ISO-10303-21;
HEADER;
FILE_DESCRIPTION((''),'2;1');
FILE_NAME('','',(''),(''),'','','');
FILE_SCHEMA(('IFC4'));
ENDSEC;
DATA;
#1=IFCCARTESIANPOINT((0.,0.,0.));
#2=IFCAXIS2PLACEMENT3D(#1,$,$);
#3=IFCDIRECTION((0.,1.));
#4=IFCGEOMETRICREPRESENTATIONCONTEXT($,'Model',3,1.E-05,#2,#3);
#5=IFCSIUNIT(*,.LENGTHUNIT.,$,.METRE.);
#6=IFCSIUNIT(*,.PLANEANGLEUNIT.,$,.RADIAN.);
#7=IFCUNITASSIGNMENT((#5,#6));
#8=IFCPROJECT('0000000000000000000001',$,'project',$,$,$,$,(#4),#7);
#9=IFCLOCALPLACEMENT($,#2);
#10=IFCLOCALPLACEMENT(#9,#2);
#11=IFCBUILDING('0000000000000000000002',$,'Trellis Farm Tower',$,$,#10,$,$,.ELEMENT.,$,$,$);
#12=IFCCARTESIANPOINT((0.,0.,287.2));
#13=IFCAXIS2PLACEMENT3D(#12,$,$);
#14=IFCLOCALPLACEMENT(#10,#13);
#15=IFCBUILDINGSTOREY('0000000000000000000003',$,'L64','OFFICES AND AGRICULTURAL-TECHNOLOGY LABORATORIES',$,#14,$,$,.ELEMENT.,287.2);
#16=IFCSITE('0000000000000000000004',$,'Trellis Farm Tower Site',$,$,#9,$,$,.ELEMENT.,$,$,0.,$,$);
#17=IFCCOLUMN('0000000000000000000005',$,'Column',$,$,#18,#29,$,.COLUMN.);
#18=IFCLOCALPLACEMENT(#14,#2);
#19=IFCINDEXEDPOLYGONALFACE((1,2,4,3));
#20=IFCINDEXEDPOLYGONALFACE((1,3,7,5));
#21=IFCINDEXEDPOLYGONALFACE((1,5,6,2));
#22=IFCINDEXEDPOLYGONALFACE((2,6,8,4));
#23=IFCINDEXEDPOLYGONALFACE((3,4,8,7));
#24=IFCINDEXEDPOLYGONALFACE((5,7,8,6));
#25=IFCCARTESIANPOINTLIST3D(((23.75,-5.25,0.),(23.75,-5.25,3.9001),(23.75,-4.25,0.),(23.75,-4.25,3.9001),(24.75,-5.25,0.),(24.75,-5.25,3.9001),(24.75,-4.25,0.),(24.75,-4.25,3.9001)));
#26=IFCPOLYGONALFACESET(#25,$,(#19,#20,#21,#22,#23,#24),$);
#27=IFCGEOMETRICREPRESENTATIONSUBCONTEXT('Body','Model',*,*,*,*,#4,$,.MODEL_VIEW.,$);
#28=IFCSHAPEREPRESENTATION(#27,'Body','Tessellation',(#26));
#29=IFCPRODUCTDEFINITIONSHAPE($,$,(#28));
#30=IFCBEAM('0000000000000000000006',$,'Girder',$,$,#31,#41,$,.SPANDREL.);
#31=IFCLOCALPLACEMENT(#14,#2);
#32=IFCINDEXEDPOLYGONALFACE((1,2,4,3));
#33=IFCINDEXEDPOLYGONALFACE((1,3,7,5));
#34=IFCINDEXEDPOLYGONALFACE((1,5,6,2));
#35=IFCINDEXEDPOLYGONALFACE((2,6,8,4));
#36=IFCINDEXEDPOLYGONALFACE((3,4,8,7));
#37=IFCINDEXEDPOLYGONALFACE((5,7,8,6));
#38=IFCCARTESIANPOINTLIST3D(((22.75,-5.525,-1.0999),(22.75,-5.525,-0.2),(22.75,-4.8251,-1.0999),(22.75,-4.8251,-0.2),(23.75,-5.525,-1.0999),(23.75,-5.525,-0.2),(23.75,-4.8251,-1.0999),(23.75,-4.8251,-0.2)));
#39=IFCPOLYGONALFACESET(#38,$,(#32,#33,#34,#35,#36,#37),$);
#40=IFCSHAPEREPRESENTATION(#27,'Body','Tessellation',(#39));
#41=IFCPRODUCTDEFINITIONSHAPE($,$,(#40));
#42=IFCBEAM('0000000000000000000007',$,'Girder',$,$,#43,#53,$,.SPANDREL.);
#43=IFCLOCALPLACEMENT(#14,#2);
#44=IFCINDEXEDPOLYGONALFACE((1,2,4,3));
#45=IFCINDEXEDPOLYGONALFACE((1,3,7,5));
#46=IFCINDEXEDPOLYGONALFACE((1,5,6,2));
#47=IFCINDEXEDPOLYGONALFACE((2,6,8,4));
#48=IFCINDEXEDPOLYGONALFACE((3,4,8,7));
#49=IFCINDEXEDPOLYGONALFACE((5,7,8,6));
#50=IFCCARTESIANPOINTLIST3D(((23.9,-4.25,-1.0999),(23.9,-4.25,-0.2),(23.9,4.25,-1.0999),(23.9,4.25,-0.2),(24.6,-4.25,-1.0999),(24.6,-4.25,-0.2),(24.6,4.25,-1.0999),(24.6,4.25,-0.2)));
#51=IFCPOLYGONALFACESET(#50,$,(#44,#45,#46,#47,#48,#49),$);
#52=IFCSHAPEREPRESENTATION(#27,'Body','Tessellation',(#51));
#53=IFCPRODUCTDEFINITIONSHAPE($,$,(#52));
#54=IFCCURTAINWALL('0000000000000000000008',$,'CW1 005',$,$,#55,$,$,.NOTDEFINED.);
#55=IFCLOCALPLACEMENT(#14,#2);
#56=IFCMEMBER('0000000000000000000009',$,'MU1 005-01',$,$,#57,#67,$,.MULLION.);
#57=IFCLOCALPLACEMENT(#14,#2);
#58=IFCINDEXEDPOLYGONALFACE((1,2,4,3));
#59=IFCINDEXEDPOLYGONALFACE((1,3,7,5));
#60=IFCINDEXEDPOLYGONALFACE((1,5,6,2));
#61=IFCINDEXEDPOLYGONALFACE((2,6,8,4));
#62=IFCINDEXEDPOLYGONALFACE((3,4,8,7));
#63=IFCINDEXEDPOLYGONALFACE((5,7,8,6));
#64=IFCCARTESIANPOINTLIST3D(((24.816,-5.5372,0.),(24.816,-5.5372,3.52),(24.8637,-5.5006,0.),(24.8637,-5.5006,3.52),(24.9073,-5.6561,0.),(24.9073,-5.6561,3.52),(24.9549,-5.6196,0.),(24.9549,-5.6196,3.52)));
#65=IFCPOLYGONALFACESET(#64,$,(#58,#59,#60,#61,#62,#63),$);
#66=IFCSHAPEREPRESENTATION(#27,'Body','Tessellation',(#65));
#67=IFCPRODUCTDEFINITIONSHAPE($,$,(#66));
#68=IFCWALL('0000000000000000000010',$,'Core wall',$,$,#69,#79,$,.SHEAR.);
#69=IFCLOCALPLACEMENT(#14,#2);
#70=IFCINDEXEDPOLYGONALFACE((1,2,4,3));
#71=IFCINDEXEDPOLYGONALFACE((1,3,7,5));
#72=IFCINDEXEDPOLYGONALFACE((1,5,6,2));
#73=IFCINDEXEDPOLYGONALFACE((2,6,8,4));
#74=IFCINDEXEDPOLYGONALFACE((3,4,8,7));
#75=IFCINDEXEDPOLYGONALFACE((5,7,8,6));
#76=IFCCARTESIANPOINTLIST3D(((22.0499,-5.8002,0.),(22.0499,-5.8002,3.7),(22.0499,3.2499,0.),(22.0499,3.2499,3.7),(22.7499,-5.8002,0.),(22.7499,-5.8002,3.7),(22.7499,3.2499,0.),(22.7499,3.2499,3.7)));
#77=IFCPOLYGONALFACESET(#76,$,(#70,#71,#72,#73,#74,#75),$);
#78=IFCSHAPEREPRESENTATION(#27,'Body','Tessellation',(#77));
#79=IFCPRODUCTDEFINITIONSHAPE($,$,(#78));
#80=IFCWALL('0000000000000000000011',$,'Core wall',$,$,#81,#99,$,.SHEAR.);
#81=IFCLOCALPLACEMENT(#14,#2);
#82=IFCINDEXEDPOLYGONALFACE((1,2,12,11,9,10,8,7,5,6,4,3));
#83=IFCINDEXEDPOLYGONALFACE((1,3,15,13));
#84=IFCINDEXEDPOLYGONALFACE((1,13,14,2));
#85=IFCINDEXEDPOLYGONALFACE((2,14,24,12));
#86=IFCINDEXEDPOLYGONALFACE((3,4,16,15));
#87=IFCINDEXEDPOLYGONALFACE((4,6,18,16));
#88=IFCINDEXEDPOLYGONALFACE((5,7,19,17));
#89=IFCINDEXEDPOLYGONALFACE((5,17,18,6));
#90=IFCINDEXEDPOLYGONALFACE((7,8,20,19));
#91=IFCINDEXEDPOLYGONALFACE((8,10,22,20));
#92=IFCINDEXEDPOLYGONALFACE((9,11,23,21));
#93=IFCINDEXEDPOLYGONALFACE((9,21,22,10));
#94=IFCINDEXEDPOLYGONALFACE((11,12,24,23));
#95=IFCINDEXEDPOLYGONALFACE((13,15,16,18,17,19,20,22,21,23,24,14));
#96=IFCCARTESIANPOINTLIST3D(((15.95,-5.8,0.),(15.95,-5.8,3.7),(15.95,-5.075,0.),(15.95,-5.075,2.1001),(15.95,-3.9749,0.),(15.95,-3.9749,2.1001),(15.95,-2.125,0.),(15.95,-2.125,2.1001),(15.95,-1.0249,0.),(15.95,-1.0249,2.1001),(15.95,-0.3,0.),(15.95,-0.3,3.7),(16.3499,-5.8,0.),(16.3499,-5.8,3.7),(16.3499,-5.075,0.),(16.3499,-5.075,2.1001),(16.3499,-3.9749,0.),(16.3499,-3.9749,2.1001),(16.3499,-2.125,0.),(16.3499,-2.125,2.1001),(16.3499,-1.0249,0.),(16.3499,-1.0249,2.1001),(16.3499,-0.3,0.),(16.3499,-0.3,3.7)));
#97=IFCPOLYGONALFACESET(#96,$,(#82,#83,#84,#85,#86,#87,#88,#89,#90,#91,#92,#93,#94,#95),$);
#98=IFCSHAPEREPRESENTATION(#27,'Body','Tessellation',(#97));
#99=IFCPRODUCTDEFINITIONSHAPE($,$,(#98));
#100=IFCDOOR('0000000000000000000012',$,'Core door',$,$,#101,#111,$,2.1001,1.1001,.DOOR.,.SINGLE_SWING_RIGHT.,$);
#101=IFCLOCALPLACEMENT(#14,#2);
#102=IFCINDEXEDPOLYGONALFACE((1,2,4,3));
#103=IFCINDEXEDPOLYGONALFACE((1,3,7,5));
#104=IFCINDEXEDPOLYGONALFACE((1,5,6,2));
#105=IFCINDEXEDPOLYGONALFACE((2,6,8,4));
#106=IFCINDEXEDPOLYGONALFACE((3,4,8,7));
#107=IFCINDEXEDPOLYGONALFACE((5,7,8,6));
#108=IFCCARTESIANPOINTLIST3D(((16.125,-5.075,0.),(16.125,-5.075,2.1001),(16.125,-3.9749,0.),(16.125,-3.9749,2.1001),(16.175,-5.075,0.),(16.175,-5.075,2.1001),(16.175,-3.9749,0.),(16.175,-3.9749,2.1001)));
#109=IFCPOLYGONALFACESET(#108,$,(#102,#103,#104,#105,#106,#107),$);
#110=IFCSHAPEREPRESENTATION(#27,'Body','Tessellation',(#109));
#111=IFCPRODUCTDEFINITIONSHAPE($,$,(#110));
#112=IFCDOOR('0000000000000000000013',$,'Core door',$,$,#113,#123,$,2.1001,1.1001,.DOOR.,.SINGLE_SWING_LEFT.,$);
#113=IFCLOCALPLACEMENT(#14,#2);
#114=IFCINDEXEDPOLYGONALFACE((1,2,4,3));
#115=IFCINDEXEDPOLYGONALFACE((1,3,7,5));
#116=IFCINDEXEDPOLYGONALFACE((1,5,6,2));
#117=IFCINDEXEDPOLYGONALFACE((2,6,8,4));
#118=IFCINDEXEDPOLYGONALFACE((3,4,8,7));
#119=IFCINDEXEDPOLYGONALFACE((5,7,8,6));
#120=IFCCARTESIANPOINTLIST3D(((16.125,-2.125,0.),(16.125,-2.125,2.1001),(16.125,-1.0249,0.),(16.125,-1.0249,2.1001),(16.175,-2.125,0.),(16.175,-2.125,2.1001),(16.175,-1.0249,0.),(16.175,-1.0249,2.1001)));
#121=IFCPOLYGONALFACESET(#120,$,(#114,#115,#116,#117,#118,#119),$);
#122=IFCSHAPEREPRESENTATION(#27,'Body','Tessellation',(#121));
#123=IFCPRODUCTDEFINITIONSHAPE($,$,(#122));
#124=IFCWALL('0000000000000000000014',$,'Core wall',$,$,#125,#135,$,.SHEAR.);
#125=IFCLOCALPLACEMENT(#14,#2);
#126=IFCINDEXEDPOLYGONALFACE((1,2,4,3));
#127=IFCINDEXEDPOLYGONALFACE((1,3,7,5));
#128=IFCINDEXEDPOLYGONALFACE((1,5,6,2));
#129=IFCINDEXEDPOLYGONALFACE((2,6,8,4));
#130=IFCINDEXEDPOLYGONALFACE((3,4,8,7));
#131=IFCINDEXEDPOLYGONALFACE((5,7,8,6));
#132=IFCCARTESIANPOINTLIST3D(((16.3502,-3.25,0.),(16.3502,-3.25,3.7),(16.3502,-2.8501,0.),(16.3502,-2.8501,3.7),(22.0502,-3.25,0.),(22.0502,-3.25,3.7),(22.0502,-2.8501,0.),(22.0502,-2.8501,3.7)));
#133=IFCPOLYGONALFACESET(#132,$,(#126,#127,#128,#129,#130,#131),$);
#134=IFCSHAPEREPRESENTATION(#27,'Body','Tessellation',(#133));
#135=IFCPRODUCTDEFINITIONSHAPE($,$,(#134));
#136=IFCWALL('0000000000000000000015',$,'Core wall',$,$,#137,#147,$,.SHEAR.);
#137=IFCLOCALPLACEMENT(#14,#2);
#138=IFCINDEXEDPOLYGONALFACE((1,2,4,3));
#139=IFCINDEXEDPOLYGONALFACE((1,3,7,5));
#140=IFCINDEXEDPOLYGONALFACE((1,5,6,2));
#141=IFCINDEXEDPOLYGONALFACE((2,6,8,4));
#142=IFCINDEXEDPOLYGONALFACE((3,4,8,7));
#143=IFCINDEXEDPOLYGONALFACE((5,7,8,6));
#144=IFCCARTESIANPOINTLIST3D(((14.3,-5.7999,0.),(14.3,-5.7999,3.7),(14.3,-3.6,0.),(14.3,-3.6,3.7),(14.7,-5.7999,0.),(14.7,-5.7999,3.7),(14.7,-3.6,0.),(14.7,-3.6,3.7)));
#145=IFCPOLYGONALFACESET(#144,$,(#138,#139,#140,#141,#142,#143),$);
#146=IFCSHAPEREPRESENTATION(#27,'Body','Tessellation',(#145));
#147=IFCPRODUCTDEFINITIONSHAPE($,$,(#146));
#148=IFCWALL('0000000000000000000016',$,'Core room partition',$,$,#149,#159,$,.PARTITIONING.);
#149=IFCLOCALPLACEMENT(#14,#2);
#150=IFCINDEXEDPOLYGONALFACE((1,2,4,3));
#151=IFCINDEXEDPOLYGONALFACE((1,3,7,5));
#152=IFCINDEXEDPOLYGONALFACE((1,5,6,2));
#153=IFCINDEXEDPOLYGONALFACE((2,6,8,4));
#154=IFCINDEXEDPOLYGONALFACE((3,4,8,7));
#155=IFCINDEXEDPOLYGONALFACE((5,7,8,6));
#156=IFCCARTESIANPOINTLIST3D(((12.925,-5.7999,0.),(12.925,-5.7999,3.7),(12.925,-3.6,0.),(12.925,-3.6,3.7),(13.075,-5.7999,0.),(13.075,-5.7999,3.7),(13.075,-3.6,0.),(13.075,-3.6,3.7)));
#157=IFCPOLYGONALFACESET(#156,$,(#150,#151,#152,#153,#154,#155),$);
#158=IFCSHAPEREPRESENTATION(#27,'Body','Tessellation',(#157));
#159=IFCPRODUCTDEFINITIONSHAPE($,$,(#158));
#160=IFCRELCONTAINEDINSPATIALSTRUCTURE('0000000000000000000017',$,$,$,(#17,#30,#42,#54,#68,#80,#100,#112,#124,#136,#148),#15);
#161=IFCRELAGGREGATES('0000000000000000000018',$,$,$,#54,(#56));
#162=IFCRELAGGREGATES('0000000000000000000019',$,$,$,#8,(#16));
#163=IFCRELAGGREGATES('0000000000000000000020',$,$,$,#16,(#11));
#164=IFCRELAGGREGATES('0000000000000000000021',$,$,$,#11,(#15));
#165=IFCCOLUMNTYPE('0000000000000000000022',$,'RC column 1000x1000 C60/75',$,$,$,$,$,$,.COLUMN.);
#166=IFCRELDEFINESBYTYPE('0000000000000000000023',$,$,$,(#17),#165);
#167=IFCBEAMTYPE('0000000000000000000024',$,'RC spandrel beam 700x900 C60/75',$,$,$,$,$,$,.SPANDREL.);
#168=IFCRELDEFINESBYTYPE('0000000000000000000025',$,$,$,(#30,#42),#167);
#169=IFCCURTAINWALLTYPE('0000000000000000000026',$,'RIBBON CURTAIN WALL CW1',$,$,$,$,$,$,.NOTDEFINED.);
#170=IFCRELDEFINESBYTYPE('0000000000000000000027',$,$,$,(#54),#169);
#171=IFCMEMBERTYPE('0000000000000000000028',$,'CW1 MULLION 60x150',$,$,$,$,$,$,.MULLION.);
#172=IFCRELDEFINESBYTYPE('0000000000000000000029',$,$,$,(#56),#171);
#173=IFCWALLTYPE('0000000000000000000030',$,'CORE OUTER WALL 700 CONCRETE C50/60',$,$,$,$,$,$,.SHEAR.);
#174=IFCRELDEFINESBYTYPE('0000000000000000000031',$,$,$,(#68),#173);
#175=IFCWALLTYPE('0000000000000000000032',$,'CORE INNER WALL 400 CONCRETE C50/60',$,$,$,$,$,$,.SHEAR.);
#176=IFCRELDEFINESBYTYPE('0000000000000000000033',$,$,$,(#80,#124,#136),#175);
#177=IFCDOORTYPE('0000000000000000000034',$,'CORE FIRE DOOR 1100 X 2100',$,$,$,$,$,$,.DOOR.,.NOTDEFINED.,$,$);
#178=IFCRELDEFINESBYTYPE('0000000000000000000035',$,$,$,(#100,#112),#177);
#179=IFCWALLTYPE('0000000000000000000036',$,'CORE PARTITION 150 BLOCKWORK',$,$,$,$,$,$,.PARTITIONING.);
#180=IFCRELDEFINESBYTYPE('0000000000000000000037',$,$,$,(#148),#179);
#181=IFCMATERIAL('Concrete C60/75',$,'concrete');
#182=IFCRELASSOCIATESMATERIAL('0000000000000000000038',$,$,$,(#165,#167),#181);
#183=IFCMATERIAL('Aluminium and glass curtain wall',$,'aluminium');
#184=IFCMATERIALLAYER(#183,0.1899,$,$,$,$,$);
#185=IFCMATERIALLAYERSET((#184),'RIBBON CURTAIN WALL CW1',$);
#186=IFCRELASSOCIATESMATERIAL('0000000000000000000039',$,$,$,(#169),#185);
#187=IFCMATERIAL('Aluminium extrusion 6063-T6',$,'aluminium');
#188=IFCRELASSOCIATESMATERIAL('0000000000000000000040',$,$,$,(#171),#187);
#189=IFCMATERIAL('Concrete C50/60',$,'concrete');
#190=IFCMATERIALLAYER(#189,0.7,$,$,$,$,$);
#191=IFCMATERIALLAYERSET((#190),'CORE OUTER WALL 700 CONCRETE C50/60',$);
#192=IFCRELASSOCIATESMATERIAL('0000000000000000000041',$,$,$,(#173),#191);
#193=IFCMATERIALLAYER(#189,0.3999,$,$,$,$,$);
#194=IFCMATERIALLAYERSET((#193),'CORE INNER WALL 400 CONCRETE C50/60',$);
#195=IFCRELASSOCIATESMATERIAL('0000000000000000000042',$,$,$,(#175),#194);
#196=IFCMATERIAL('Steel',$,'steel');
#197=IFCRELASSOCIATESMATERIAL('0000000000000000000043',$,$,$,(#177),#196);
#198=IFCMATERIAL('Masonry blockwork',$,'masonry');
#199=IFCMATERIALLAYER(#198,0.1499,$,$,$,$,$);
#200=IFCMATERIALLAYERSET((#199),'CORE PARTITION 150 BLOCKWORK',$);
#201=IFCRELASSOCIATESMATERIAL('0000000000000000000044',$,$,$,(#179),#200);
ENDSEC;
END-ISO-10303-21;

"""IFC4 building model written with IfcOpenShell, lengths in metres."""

from ifc_helpers import new_model, si_unit, direction, frame, frame_2d, origin, origin_2d, place, context, subcontext, project, spatial, rectangle, extrude, source, transform, mapped, material, layer, layer_set, material_profile, profile_set, type_object, element, fill, aggregate, save


model = new_model("IFC4")

# Units and contexts
model_context = context("Model", 3, precision=1e-05, world=origin(), true_north=direction((0.0, 1.0)))
body_context = subcontext(model_context, "Body", "Model", "MODEL_VIEW")
ifc_project = project(units=[si_unit("LENGTHUNIT", "METRE"), si_unit("PLANEANGLEUNIT", "RADIAN")], contexts=[model_context])

# Site, building, storey
site_placement = place(None, origin())
site = spatial("IfcSite", under=ifc_project, at=site_placement, Name="Trellis Farm Tower Site", CompositionType="ELEMENT", RefElevation=0.0)
building_placement = place(site_placement, origin())
building = spatial("IfcBuilding", under=site, at=building_placement, Name="Trellis Farm Tower", CompositionType="ELEMENT")
storey_placement = place(building_placement, frame((0.0, 0.0, 287.2)))
storey = spatial("IfcBuildingStorey", under=building, at=storey_placement, Name="L64", Description="OFFICES AND AGRICULTURAL-TECHNOLOGY LABORATORIES", CompositionType="ELEMENT", Elevation=287.2)

# Column
ifc_material_1 = material(Name="Concrete C60/75", Category="concrete")
ifc_material_profile_1 = material_profile(ifc_material_1, rectangle(XDim=1.0, YDim=1.0, at=origin_2d()), Name="RC column 1000x1000 C60/75")
ifc_profile_set_1 = profile_set([ifc_material_profile_1], Name="Concrete C60/75")
column_type = type_object("IfcColumnType", Name="RC column 1000x1000 C60/75", PredefinedType="COLUMN", material=ifc_profile_set_1)
shared_shape_1 = source(origin(), body_context, "Body", "SweptSolid", [
    extrude(rectangle(XDim=1.0, YDim=1.0, at=origin_2d()), origin(), (0.0, 0.0, 1.0), 3.9001),
])
column_placement = place(storey_placement, frame((24.25, -4.75, 0.0), z_axis=(0.0, 0.0, 1.0), x_axis=(1.0, 0.0, 0.0)))
element("IfcColumn", 1, at=column_placement, inside=storey, type_object=column_type, Name="Column", PredefinedType="COLUMN", context=body_context, shape_type="MappedRepresentation", body=[
    mapped(shared_shape_1, transform((0.0, 0.0, 0.0))),
])

# Beams
ifc_material_profile_2 = material_profile(ifc_material_1, rectangle(XDim=0.7, YDim=0.8999, at=origin_2d()), Name="RC spandrel beam 700x900 C60/75")
ifc_profile_set_2 = profile_set([ifc_material_profile_2], Name="Concrete C60/75")
beam_type = type_object("IfcBeamType", Name="RC spandrel beam 700x900 C60/75", PredefinedType="SPANDREL", material=ifc_profile_set_2)
shared_shape_2 = source(origin(), body_context, "Body", "SweptSolid", [
    extrude(rectangle(XDim=0.7, YDim=0.8999, at=origin_2d()), origin(), (0.0, 0.0, 1.0), 1.0),
])
beam_1_placement = place(storey_placement, frame((22.75, -5.175, -0.6499), z_axis=(1.0, 0.0, 0.0), x_axis=(0.0, 1.0, 0.0)))
element("IfcBeam", 2, at=beam_1_placement, inside=storey, type_object=beam_type, Name="Girder", PredefinedType="SPANDREL", context=body_context, shape_type="MappedRepresentation", body=[
    mapped(shared_shape_2, transform((0.0, 0.0, 0.0))),
])
shared_shape_3 = source(origin(), body_context, "Body", "SweptSolid", [
    extrude(rectangle(XDim=0.7, YDim=0.8999, at=origin_2d()), origin(), (0.0, 0.0, 1.0), 8.5),
])
beam_2_placement = place(storey_placement, frame((24.25, -4.25, -0.6499), z_axis=(0.0, 1.0, 0.0), x_axis=(-1.0, 0.0, 0.0)))
element("IfcBeam", 3, at=beam_2_placement, inside=storey, type_object=beam_type, Name="Girder", PredefinedType="SPANDREL", context=body_context, shape_type="MappedRepresentation", body=[
    mapped(shared_shape_3, transform((0.0, 0.0, 0.0))),
])

# Curtain wall, member
ifc_material_2 = material(Name="Aluminium and glass curtain wall", Category="aluminium")
ifc_layer_1 = layer(ifc_material_2, 0.1899)
ifc_layer_set_1 = layer_set([ifc_layer_1], Name="RIBBON CURTAIN WALL CW1")
curtain_wall_type = type_object("IfcCurtainWallType", Name="RIBBON CURTAIN WALL CW1", PredefinedType="NOTDEFINED", material=ifc_layer_set_1)
placement = place(storey_placement, origin())
curtain_wall = element("IfcCurtainWall", 4, at=placement, inside=storey, type_object=curtain_wall_type, Name="CW1 005", PredefinedType="NOTDEFINED")
ifc_material_3 = material(Name="Aluminium extrusion 6063-T6", Category="aluminium")
ifc_material_profile_3 = material_profile(ifc_material_3, rectangle(XDim=0.0601, YDim=0.1499, at=origin_2d()), Name="MULLION 60x150")
ifc_profile_set_3 = profile_set([ifc_material_profile_3], Name="Aluminium extrusion 6063-T6")
member_type = type_object("IfcMemberType", Name="CW1 MULLION 60x150", PredefinedType="MULLION", material=ifc_profile_set_3)
shared_shape_4 = source(origin(), body_context, "Body", "SweptSolid", [
    extrude(rectangle(XDim=0.0601, YDim=0.1499, at=origin_2d()), origin(), (0.0, 0.0, 1.0), 3.52),
])
member_placement = place(storey_placement, frame((24.8855, -5.5784, 0.0), z_axis=(0.0, 0.0, 1.0), x_axis=(0.793353, 0.608761, 0.0)))
member = element("IfcMember", 5, at=member_placement, type_object=member_type, Name="MU1 005-01", PredefinedType="MULLION", context=body_context, shape_type="MappedRepresentation", body=[
    mapped(shared_shape_4, transform((0.0, 0.0, 0.0))),
])
aggregate(curtain_wall, [member])

# Wall
ifc_material_4 = material(Name="Concrete C50/60", Category="concrete")
ifc_layer_2 = layer(ifc_material_4, 0.7)
ifc_layer_set_2 = layer_set([ifc_layer_2], Name="CORE OUTER WALL 700 CONCRETE C50/60")
wall_type_1 = type_object("IfcWallType", Name="CORE OUTER WALL 700 CONCRETE C50/60", PredefinedType="SHEAR", material=ifc_layer_set_2)
shared_shape_5 = source(origin(), body_context, "Body", "SweptSolid", [
    extrude(rectangle(XDim=9.05, YDim=0.7, at=frame_2d((4.5249, 0.0))), origin(), (0.0, 0.0, 1.0), 3.7),
])
wall_1_placement = place(storey_placement, frame((22.3999, -5.8, 0.0), z_axis=(0.0, 0.0, 1.0), x_axis=(0.0, 1.0, 0.0)))
element("IfcWall", 6, at=wall_1_placement, inside=storey, type_object=wall_type_1, Name="Core wall", PredefinedType="SHEAR", context=body_context, shape_type="MappedRepresentation", body=[
    mapped(shared_shape_5, transform((0.0, 0.0, 0.0))),
])

# Wall, openings, doors
ifc_layer_3 = layer(ifc_material_4, 0.3999)
ifc_layer_set_3 = layer_set([ifc_layer_3], Name="CORE INNER WALL 400 CONCRETE C50/60")
wall_type_2 = type_object("IfcWallType", Name="CORE INNER WALL 400 CONCRETE C50/60", PredefinedType="SHEAR", material=ifc_layer_set_3)
shared_shape_6 = source(origin(), body_context, "Body", "SweptSolid", [
    extrude(rectangle(XDim=5.5, YDim=0.3999, at=frame_2d((2.75, 0.0))), origin(), (0.0, 0.0, 1.0), 3.7),
])
wall_2_placement = place(storey_placement, frame((16.1499, -5.8, 0.0), z_axis=(0.0, 0.0, 1.0), x_axis=(0.0, 1.0, 0.0)))
wall_2 = element("IfcWall", 7, at=wall_2_placement, inside=storey, type_object=wall_type_2, Name="Core wall", PredefinedType="SHEAR", context=body_context, shape_type="MappedRepresentation", body=[
    mapped(shared_shape_6, transform((0.0, 0.0, 0.0))),
])
shared_shape_7 = source(origin(), body_context, "Body", "SweptSolid", [
    extrude(rectangle(XDim=1.1001, YDim=2.1001, at=frame_2d((0.55, 1.05))), frame((0.0, 0.21, 0.0), z_axis=(0.0, -1.0, 0.0), x_axis=(1.0, 0.0, 0.0)), (0.0, 0.0, 1.0), 0.4199),
])
opening_1_placement = place(wall_2_placement, frame((0.7251, 0.0, 0.0)))
opening_1 = element("IfcOpeningElement", 8, at=opening_1_placement, cuts=wall_2, PredefinedType="OPENING", context=body_context, shape_type="MappedRepresentation", body=[
    mapped(shared_shape_7, transform((0.0, 0.0, 0.0))),
])
opening_2_placement = place(wall_2_placement, frame((3.675, 0.0, 0.0)))
opening_2 = element("IfcOpeningElement", 9, at=opening_2_placement, cuts=wall_2, PredefinedType="OPENING", context=body_context, shape_type="MappedRepresentation", body=[
    mapped(shared_shape_7, transform((0.0, 0.0, 0.0))),
])
ifc_material_5 = material(Name="Steel", Category="steel")
door_type = type_object("IfcDoorType", Name="CORE FIRE DOOR 1100 X 2100", OperationType="NOTDEFINED", PredefinedType="DOOR", material=ifc_material_5)
shared_shape_8 = source(origin(), body_context, "Body", "SweptSolid", [
    extrude(rectangle(XDim=1.1001, YDim=2.1001, at=frame_2d((0.55, 1.05))), frame((0.0, 0.0249, 0.0), z_axis=(0.0, -1.0, 0.0), x_axis=(1.0, 0.0, 0.0)), (0.0, 0.0, 1.0), 0.05),
])
door_1_placement = place(opening_1_placement, origin())
door_1 = element("IfcDoor", 10, at=door_1_placement, inside=storey, type_object=door_type, Name="Core door", OperationType="SINGLE_SWING_RIGHT", OverallHeight=2.1001, OverallWidth=1.1001, PredefinedType="DOOR", context=body_context, shape_type="MappedRepresentation", body=[
    mapped(shared_shape_8, transform((0.0, 0.0, 0.0))),
])
fill(opening_1, door_1)
door_2_placement = place(opening_2_placement, origin())
door_2 = element("IfcDoor", 11, at=door_2_placement, inside=storey, type_object=door_type, Name="Core door", OperationType="SINGLE_SWING_LEFT", OverallHeight=2.1001, OverallWidth=1.1001, PredefinedType="DOOR", context=body_context, shape_type="MappedRepresentation", body=[
    mapped(shared_shape_8, transform((0.0, 0.0, 0.0))),
])
fill(opening_2, door_2)

# Walls
shared_shape_9 = source(origin(), body_context, "Body", "SweptSolid", [
    extrude(rectangle(XDim=5.7, YDim=0.3999, at=frame_2d((2.8501, 0.0))), origin(), (0.0, 0.0, 1.0), 3.7),
])
wall_3_placement = place(storey_placement, frame((16.3501, -3.05, 0.0), z_axis=(0.0, 0.0, 1.0), x_axis=(1.0, 0.0, 0.0)))
element("IfcWall", 12, at=wall_3_placement, inside=storey, type_object=wall_type_2, Name="Core wall", PredefinedType="SHEAR", context=body_context, shape_type="MappedRepresentation", body=[
    mapped(shared_shape_9, transform((0.0, 0.0, 0.0))),
])
shared_shape_10 = source(origin(), body_context, "Body", "SweptSolid", [
    extrude(rectangle(XDim=2.2, YDim=0.3999, at=frame_2d((1.1001, 0.0))), origin(), (0.0, 0.0, 1.0), 3.7),
])
wall_4_placement = place(storey_placement, frame((14.5, -5.8, 0.0), z_axis=(0.0, 0.0, 1.0), x_axis=(0.0, 1.0, 0.0)))
element("IfcWall", 13, at=wall_4_placement, inside=storey, type_object=wall_type_2, Name="Core wall", PredefinedType="SHEAR", context=body_context, shape_type="MappedRepresentation", body=[
    mapped(shared_shape_10, transform((0.0, 0.0, 0.0))),
])
ifc_material_6 = material(Name="Masonry blockwork", Category="masonry")
ifc_layer_4 = layer(ifc_material_6, 0.1499)
ifc_layer_set_4 = layer_set([ifc_layer_4], Name="CORE PARTITION 150 BLOCKWORK")
wall_type_3 = type_object("IfcWallType", Name="CORE PARTITION 150 BLOCKWORK", PredefinedType="PARTITIONING", material=ifc_layer_set_4)
shared_shape_11 = source(origin(), body_context, "Body", "SweptSolid", [
    extrude(rectangle(XDim=2.2, YDim=0.1499, at=frame_2d((1.1001, 0.0))), origin(), (0.0, 0.0, 1.0), 3.7),
])
wall_5_placement = place(storey_placement, frame((13.0, -5.8, 0.0), z_axis=(0.0, 0.0, 1.0), x_axis=(0.0, 1.0, 0.0)))
element("IfcWall", 14, at=wall_5_placement, inside=storey, type_object=wall_type_3, Name="Core room partition", PredefinedType="PARTITIONING", context=body_context, shape_type="MappedRepresentation", body=[
    mapped(shared_shape_11, transform((0.0, 0.0, 0.0))),
])

save(model, "model.ifc")
